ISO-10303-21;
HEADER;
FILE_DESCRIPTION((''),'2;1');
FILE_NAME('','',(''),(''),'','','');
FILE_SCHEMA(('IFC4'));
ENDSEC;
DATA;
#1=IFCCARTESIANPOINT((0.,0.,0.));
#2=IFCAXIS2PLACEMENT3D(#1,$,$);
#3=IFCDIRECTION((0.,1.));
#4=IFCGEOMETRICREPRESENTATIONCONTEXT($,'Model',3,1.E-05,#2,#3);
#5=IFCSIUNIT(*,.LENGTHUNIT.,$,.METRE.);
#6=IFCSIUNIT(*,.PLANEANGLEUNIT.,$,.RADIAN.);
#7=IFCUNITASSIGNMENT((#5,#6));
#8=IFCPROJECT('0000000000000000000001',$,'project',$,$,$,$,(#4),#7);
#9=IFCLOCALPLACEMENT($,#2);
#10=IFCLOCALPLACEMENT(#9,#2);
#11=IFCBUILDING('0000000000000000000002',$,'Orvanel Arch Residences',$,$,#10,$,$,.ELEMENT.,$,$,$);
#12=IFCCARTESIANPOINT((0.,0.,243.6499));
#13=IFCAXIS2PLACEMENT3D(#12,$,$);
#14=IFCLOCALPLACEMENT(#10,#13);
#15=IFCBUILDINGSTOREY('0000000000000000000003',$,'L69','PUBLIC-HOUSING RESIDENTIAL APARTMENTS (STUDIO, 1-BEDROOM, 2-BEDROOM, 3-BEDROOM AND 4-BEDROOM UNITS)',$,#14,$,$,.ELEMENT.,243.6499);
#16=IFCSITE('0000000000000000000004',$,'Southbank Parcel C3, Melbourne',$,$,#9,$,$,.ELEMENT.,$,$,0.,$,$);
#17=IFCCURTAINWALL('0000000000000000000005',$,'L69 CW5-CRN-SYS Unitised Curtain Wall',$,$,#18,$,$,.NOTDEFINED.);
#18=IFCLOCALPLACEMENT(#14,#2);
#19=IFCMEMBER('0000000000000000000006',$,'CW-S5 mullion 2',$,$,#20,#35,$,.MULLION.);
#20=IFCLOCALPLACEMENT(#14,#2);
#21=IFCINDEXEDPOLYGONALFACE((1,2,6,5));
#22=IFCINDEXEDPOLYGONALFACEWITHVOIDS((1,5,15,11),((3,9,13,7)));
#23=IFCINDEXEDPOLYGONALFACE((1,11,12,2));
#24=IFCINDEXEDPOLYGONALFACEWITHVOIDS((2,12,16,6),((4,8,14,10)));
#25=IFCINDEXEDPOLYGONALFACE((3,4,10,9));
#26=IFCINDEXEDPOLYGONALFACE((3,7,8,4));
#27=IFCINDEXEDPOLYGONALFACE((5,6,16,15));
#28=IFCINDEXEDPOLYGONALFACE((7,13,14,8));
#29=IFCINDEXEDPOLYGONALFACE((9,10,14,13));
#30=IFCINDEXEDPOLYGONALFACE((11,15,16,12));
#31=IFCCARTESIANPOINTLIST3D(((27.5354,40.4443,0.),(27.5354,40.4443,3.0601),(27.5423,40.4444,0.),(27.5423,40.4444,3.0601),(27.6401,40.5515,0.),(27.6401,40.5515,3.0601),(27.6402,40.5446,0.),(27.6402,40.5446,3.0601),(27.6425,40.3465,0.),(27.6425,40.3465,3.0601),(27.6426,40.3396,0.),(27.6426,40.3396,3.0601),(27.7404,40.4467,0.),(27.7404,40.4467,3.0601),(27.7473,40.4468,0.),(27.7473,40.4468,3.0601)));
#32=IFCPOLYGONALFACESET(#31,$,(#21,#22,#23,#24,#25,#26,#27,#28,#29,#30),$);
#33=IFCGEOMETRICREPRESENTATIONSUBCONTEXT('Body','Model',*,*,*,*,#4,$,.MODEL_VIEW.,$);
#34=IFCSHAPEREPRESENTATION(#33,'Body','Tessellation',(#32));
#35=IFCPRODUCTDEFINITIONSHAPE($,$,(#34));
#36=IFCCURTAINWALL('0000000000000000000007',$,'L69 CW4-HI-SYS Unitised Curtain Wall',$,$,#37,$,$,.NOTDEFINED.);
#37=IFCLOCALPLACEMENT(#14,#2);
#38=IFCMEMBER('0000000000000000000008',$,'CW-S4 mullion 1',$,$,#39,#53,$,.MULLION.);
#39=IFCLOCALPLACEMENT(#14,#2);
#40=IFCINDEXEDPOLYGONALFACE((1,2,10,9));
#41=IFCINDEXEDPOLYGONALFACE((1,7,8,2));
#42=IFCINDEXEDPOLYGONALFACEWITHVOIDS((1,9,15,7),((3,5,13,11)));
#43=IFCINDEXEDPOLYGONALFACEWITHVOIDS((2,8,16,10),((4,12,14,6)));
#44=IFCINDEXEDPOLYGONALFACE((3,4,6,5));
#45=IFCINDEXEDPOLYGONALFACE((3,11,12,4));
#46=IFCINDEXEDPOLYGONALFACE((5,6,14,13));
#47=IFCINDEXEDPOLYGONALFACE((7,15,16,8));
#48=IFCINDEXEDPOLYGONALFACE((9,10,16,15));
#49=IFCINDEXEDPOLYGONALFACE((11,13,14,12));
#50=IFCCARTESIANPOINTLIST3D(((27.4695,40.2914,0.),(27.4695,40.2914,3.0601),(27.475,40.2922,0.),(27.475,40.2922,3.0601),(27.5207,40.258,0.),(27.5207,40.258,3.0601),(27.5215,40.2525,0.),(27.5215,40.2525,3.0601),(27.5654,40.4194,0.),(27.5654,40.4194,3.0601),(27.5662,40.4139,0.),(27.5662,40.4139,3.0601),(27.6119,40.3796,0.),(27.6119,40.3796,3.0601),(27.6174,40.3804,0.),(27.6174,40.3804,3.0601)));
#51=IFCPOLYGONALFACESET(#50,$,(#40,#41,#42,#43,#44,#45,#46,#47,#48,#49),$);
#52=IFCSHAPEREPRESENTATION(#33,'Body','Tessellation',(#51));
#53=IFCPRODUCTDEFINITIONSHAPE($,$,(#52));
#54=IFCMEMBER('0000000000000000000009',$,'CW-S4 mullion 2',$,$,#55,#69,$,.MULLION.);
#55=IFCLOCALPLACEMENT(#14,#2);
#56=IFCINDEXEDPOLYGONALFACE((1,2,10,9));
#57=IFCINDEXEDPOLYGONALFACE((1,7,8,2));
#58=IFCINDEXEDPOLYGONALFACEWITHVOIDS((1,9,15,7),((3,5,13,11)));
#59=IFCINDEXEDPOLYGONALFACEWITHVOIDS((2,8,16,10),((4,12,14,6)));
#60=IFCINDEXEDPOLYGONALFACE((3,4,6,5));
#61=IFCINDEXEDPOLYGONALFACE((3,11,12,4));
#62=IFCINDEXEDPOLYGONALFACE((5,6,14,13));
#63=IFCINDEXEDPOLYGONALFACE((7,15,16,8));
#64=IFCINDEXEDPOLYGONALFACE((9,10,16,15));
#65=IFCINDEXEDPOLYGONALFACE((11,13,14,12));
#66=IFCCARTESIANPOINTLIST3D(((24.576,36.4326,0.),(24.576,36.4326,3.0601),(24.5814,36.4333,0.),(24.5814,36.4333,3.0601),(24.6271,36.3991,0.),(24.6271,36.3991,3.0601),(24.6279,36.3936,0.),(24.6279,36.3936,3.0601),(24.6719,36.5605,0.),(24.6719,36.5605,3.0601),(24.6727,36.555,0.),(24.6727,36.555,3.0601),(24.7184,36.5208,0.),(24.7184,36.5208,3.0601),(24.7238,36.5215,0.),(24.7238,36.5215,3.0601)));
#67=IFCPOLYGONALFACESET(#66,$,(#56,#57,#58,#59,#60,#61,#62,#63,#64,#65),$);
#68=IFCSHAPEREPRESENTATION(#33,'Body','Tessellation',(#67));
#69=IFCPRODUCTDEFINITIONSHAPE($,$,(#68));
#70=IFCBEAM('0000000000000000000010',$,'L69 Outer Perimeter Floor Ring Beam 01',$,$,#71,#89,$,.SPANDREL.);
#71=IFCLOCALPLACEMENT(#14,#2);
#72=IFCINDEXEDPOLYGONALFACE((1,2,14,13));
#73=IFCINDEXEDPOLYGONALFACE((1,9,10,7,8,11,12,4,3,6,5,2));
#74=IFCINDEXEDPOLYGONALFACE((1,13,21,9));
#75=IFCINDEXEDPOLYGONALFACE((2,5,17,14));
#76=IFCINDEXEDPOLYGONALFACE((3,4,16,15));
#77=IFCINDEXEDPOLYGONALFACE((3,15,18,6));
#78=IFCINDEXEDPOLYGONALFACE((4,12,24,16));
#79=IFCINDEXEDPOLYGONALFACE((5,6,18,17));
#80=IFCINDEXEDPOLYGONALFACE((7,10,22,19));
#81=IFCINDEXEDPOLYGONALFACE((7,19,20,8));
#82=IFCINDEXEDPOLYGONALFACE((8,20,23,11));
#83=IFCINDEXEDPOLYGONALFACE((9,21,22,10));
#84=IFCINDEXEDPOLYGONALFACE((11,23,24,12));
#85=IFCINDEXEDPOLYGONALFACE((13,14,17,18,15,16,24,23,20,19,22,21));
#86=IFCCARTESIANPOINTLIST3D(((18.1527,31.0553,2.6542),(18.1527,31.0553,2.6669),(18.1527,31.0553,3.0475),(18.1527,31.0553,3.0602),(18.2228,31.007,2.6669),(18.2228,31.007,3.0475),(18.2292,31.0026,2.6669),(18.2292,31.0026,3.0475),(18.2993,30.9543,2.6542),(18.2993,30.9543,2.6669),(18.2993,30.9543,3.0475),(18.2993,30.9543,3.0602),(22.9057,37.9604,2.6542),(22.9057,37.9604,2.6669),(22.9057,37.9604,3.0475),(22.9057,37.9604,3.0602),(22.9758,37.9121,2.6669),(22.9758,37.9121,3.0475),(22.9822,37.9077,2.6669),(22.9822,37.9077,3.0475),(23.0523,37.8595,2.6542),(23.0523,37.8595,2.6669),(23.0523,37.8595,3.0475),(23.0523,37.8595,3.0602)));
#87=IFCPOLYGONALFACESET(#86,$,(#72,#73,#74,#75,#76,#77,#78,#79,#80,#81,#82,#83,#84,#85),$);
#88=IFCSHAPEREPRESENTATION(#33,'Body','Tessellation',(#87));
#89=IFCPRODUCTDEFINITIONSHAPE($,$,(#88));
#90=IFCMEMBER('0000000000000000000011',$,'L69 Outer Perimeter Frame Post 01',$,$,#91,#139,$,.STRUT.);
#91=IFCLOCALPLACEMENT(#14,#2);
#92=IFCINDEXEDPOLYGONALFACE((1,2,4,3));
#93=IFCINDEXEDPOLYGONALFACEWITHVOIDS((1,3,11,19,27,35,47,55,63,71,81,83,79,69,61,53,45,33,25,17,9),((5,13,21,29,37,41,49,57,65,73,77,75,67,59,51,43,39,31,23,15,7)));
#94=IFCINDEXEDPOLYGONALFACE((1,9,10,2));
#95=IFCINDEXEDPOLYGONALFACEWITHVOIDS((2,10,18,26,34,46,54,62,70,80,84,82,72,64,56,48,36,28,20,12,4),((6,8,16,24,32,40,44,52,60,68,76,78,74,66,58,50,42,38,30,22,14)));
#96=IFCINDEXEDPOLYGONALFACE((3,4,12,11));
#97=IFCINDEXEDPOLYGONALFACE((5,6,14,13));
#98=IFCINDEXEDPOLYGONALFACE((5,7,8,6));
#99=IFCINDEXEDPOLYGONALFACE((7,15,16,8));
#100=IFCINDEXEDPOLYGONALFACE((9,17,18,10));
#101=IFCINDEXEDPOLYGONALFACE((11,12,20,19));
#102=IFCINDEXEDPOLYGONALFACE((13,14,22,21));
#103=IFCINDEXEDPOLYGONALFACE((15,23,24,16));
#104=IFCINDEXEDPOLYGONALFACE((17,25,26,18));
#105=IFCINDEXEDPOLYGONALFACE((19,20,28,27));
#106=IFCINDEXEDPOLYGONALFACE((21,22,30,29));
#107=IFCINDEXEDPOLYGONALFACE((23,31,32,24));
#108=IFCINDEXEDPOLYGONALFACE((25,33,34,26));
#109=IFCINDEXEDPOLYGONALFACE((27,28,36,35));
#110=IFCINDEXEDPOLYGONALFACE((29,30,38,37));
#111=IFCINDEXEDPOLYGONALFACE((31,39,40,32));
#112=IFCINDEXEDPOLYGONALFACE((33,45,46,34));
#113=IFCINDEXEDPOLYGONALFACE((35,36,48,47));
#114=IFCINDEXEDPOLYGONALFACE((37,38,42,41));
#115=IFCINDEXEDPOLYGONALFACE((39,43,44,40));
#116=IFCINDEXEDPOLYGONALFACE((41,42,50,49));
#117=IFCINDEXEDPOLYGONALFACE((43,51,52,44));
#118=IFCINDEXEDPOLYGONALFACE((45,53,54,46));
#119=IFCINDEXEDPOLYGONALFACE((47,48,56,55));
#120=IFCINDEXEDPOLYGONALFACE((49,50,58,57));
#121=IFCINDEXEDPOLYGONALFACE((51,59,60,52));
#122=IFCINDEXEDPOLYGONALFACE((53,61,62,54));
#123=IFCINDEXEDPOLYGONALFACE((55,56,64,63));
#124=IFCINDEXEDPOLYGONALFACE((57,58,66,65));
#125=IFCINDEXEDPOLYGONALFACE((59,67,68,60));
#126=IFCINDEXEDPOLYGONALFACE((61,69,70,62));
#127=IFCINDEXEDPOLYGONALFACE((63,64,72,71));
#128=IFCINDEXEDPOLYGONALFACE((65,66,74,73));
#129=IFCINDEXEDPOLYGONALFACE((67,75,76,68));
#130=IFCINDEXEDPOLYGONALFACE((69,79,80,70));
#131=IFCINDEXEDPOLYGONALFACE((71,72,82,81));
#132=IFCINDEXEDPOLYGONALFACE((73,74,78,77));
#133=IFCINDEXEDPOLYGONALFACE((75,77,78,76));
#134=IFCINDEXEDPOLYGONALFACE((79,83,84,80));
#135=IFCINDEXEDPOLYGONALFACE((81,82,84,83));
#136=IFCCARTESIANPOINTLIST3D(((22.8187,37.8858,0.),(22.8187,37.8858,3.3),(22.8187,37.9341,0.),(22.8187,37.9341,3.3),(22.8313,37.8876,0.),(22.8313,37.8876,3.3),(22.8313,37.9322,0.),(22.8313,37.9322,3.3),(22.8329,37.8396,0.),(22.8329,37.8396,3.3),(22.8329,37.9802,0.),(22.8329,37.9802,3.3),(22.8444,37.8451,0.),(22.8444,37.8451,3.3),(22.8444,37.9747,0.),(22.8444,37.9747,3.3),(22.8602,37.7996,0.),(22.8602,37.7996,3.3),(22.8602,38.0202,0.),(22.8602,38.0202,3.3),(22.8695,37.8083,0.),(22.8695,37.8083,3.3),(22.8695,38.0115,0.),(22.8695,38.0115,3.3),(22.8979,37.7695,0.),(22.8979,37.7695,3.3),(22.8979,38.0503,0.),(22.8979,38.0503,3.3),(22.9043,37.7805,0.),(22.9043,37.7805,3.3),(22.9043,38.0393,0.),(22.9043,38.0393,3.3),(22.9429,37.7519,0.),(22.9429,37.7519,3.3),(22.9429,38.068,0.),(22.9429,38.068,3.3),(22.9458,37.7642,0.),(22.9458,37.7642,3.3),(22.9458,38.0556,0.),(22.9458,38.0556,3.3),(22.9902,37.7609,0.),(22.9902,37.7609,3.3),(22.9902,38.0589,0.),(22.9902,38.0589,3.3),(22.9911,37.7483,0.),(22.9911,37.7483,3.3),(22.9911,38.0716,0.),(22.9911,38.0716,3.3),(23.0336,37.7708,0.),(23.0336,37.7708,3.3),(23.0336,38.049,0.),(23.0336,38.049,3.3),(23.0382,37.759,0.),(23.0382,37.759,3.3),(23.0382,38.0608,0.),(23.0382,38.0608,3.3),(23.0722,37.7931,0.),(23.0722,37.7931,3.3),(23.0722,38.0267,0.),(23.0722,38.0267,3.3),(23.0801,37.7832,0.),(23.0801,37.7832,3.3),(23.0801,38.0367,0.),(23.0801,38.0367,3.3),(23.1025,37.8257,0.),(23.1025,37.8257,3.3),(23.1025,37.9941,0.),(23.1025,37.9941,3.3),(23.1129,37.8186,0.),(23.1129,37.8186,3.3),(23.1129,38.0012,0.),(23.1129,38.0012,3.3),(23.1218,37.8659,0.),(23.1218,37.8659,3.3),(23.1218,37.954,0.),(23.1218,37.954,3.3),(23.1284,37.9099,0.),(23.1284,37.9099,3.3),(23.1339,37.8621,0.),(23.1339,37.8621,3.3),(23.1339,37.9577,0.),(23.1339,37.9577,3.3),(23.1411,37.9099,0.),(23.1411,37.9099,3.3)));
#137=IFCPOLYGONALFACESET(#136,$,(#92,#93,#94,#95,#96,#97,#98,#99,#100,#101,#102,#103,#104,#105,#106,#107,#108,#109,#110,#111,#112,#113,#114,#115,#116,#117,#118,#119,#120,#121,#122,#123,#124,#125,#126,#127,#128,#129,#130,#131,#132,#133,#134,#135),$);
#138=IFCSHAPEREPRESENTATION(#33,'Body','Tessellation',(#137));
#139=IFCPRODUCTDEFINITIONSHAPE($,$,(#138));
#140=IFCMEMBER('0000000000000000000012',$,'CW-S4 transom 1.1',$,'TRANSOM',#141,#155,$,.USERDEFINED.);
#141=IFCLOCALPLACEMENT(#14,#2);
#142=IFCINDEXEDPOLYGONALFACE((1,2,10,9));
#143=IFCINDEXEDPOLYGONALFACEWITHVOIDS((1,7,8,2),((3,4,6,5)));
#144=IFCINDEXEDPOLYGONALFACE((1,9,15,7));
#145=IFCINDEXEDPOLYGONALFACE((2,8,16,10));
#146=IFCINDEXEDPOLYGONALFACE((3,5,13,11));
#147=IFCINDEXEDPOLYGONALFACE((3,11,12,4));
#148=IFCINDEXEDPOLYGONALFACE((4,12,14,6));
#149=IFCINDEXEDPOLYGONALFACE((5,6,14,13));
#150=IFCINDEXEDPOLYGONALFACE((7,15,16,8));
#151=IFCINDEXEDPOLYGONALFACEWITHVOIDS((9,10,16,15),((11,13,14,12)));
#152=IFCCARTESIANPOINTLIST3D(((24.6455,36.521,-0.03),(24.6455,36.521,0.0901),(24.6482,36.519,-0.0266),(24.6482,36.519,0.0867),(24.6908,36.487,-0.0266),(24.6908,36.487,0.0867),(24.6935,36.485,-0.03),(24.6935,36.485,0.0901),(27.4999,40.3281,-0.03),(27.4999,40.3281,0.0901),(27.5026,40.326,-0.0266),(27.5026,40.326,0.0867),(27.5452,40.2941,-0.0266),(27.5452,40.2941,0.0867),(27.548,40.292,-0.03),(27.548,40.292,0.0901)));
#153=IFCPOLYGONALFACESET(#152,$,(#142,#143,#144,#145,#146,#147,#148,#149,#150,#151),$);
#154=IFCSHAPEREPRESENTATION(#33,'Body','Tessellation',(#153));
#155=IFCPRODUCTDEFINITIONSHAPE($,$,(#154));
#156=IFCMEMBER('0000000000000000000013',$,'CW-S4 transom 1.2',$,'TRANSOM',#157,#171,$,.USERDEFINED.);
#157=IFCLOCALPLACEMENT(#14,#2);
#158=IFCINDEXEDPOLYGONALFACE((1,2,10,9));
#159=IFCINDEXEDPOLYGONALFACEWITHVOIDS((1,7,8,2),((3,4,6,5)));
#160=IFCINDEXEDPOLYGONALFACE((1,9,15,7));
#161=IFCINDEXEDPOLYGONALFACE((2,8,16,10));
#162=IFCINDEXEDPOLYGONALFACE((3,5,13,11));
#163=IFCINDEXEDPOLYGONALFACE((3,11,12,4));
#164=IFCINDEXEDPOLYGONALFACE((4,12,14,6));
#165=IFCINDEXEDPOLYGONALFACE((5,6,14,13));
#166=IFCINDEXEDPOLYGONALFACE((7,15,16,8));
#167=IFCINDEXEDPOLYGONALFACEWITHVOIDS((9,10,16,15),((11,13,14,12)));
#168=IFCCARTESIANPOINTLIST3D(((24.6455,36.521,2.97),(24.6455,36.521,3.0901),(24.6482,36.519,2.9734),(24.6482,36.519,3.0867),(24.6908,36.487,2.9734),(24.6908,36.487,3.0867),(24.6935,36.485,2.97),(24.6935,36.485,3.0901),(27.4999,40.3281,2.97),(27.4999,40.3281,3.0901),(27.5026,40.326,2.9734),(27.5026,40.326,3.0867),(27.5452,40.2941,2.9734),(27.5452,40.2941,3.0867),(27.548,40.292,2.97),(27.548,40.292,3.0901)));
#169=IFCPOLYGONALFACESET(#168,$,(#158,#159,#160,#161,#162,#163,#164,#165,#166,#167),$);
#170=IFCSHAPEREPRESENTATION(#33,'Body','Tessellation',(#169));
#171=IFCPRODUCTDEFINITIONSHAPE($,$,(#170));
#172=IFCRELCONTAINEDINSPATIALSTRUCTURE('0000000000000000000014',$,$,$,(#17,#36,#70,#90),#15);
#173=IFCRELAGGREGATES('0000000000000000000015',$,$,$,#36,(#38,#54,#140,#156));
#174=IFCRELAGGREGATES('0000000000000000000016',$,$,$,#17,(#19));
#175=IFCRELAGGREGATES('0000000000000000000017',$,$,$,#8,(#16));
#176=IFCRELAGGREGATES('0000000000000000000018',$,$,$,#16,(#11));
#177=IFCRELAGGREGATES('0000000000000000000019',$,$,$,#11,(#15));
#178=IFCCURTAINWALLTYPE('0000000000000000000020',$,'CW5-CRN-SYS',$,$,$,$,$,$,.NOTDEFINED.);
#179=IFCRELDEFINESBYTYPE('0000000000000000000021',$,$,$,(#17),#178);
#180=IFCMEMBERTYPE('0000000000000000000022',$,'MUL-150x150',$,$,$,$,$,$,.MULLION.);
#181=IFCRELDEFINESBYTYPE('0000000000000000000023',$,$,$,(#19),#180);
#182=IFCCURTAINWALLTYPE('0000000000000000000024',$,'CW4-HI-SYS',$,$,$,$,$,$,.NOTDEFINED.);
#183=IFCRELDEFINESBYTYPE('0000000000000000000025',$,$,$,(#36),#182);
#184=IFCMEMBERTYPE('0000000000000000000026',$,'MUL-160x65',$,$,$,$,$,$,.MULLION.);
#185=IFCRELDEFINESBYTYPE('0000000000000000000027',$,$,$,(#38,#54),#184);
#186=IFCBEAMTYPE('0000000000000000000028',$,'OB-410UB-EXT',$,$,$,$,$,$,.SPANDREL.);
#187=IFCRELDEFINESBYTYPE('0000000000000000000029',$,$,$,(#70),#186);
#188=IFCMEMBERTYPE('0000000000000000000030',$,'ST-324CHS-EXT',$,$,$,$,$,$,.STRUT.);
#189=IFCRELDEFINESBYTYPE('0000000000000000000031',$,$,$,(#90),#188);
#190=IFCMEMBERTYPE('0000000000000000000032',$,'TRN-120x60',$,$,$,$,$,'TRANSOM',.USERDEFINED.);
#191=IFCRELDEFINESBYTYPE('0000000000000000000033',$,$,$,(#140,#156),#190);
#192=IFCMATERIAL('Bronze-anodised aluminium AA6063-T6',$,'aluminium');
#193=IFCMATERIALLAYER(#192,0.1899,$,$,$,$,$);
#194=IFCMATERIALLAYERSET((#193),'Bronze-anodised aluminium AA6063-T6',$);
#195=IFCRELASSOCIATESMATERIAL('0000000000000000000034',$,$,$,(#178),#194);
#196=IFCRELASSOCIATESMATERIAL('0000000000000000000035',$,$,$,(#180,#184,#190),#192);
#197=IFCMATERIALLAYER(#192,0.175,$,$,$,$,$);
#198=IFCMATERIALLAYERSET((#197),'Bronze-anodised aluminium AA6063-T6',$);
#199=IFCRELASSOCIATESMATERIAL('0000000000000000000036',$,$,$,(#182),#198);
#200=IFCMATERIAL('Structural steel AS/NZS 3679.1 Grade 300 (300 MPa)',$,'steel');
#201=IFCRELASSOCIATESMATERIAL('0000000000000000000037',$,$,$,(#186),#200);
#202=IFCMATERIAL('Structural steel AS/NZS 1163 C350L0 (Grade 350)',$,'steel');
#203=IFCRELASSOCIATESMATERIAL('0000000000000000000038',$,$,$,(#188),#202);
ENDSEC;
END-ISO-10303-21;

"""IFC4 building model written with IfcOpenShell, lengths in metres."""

from ifc_helpers import new_model, si_unit, direction, frame, origin, origin_2d, place, context, subcontext, project, spatial, hollow_rectangle, hollow_circle, i_section, extrude, material, layer, layer_set, material_profile, profile_set, type_object, element, aggregate, save


model = new_model("IFC4")

# Units and contexts
model_context = context("Model", 3, precision=1e-05, world=origin(), true_north=direction((0.0, 1.0)))
body_context = subcontext(model_context, "Body", "Model", "MODEL_VIEW")
ifc_project = project(units=[si_unit("LENGTHUNIT", "METRE"), si_unit("PLANEANGLEUNIT", "RADIAN")], contexts=[model_context])

# Site, building, storey
site_placement = place(None, origin())
site = spatial("IfcSite", under=ifc_project, at=site_placement, Name="Southbank Parcel C3, Melbourne", CompositionType="ELEMENT", RefElevation=0.0)
building_placement = place(site_placement, origin())
building = spatial("IfcBuilding", under=site, at=building_placement, Name="Orvanel Arch Residences", CompositionType="ELEMENT")
storey_placement = place(building_placement, frame((0.0, 0.0, 243.6499)))
storey = spatial("IfcBuildingStorey", under=building, at=storey_placement, Name="L69", Description="PUBLIC-HOUSING RESIDENTIAL APARTMENTS (STUDIO, 1-BEDROOM, 2-BEDROOM, 3-BEDROOM AND 4-BEDROOM UNITS)", CompositionType="ELEMENT", Elevation=243.6499)

# Curtain wall, member
ifc_material_1 = material(Name="Bronze-anodised aluminium AA6063-T6", Category="aluminium")
ifc_layer_1 = layer(ifc_material_1, 0.1899)
ifc_layer_set_1 = layer_set([ifc_layer_1], Name="Bronze-anodised aluminium AA6063-T6")
curtain_wall_type_1 = type_object("IfcCurtainWallType", Name="CW5-CRN-SYS", PredefinedType="NOTDEFINED", material=ifc_layer_set_1)
curtain_wall_1_placement = place(storey_placement, origin())
curtain_wall_1 = element("IfcCurtainWall", 1, at=curtain_wall_1_placement, inside=storey, type_object=curtain_wall_type_1, Name="L69 CW5-CRN-SYS Unitised Curtain Wall", PredefinedType="NOTDEFINED")
ifc_material_profile_1 = material_profile(ifc_material_1, hollow_rectangle(XDim=0.1499, YDim=0.1499, WallThickness=0.0049, at=origin_2d()), Name="ALU150x150x5")
ifc_profile_set_1 = profile_set([ifc_material_profile_1], Name="Bronze-anodised aluminium AA6063-T6")
member_type_1 = type_object("IfcMemberType", Name="MUL-150x150", PredefinedType="MULLION", material=ifc_profile_set_1)
member_1_placement = place(storey_placement, frame((27.6414, 40.4456, 0.0), z_axis=(0.0, 0.0, 1.0), x_axis=(0.715149, -0.698972, 0.0)))
member_1 = element("IfcMember", 2, at=member_1_placement, type_object=member_type_1, Name="CW-S5 mullion 2", PredefinedType="MULLION", context=body_context, shape_type="SweptSolid", body=[
    extrude(hollow_rectangle(XDim=0.1499, YDim=0.1499, WallThickness=0.0049, at=origin_2d()), origin(), (0.0, 0.0, 1.0), 3.0601),
])

# Curtain wall, members
ifc_layer_2 = layer(ifc_material_1, 0.175)
ifc_layer_set_2 = layer_set([ifc_layer_2], Name="Bronze-anodised aluminium AA6063-T6")
curtain_wall_type_2 = type_object("IfcCurtainWallType", Name="CW4-HI-SYS", PredefinedType="NOTDEFINED", material=ifc_layer_set_2)
curtain_wall_2_placement = place(storey_placement, origin())
curtain_wall_2 = element("IfcCurtainWall", 3, at=curtain_wall_2_placement, inside=storey, type_object=curtain_wall_type_2, Name="L69 CW4-HI-SYS Unitised Curtain Wall", PredefinedType="NOTDEFINED")
ifc_material_profile_2 = material_profile(ifc_material_1, hollow_rectangle(XDim=0.0649, YDim=0.1599, WallThickness=0.0039, at=origin_2d()), Name="ALU160x65x4")
ifc_profile_set_2 = profile_set([ifc_material_profile_2], Name="Bronze-anodised aluminium AA6063-T6")
member_type_2 = type_object("IfcMemberType", Name="MUL-160x65", PredefinedType="MULLION", material=ifc_profile_set_2)
member_2_placement = place(storey_placement, frame((27.5435, 40.3359, 0.0), z_axis=(0.0, 0.0, 1.0), x_axis=(0.800074, -0.599901, 0.0)))
member_2 = element("IfcMember", 4, at=member_2_placement, type_object=member_type_2, Name="CW-S4 mullion 1", PredefinedType="MULLION", context=body_context, shape_type="SweptSolid", body=[
    extrude(hollow_rectangle(XDim=0.0649, YDim=0.1599, WallThickness=0.0039, at=origin_2d()), origin(), (0.0, 0.0, 1.0), 3.0601),
])
member_3_placement = place(storey_placement, frame((24.6499, 36.4771, 0.0), z_axis=(0.0, 0.0, 1.0), x_axis=(0.800074, -0.599901, 0.0)))
member_3 = element("IfcMember", 5, at=member_3_placement, type_object=member_type_2, Name="CW-S4 mullion 2", PredefinedType="MULLION", context=body_context, shape_type="SweptSolid", body=[
    extrude(hollow_rectangle(XDim=0.0649, YDim=0.1599, WallThickness=0.0039, at=origin_2d()), origin(), (0.0, 0.0, 1.0), 3.0601),
])

# Beam
ifc_material_2 = material(Name="Structural steel AS/NZS 3679.1 Grade 300 (300 MPa)", Category="steel")
ifc_material_profile_3 = material_profile(ifc_material_2, i_section(OverallWidth=0.178, OverallDepth=0.406, WebThickness=0.0078, FlangeThickness=0.0127, at=origin_2d()), Name="410UB59.7")
ifc_profile_set_3 = profile_set([ifc_material_profile_3], Name="Structural steel AS/NZS 3679.1 Grade 300 (300 MPa)")
beam_type = type_object("IfcBeamType", Name="OB-410UB-EXT", PredefinedType="SPANDREL", material=ifc_profile_set_3)
beam_placement = place(storey_placement, frame((22.979, 37.9099, 2.8572), z_axis=(-0.566992, -0.823723, 0.0), x_axis=(0.823723, -0.566992, 0.0)))
element("IfcBeam", 6, at=beam_placement, inside=storey, type_object=beam_type, Name="L69 Outer Perimeter Floor Ring Beam 01", PredefinedType="SPANDREL", context=body_context, shape_type="SweptSolid", body=[
    extrude(i_section(OverallWidth=0.178, OverallDepth=0.406, WebThickness=0.0078, FlangeThickness=0.0127, at=origin_2d()), origin(), (0.0, 0.0, 1.0), 8.3828),
])

# Members
ifc_material_3 = material(Name="Structural steel AS/NZS 1163 C350L0 (Grade 350)", Category="steel")
ifc_material_profile_4 = material_profile(ifc_material_3, hollow_circle(Radius=0.1621, WallThickness=0.0127, at=origin_2d()), Name="CHS324x12.7")
ifc_profile_set_4 = profile_set([ifc_material_profile_4], Name="Structural steel AS/NZS 1163 C350L0 (Grade 350)")
member_type_3 = type_object("IfcMemberType", Name="ST-324CHS-EXT", PredefinedType="STRUT", material=ifc_profile_set_4)
member_4_placement = place(storey_placement, frame((22.979, 37.9099, 0.0), z_axis=(0.0, 0.0, 1.0), x_axis=(1.0, 0.0, 0.0)))
element("IfcMember", 7, at=member_4_placement, inside=storey, type_object=member_type_3, Name="L69 Outer Perimeter Frame Post 01", PredefinedType="STRUT", context=body_context, shape_type="SweptSolid", body=[
    extrude(hollow_circle(Radius=0.1621, WallThickness=0.0127, at=origin_2d()), origin(), (0.0, 0.0, 1.0), 3.3),
])
ifc_material_profile_5 = material_profile(ifc_material_1, hollow_rectangle(XDim=0.0601, YDim=0.1201, WallThickness=0.0034, at=origin_2d()), Name="ALU120x60x3.5")
ifc_profile_set_5 = profile_set([ifc_material_profile_5], Name="Bronze-anodised aluminium AA6063-T6")
member_type_4 = type_object("IfcMemberType", Name="TRN-120x60", ElementType="TRANSOM", PredefinedType="USERDEFINED", material=ifc_profile_set_5)
member_5_placement = place(storey_placement, frame((27.5239, 40.3101, 0.03), z_axis=(-0.599885, -0.800086, 0.0), x_axis=(0.800086, -0.599885, 0.0)))
member_5 = element("IfcMember", 8, at=member_5_placement, type_object=member_type_4, Name="CW-S4 transom 1.1", ObjectType="TRANSOM", PredefinedType="USERDEFINED", context=body_context, shape_type="SweptSolid", body=[
    extrude(hollow_rectangle(XDim=0.0601, YDim=0.1201, WallThickness=0.0034, at=origin_2d()), origin(), (0.0, 0.0, 1.0), 4.7583),
])
member_6_placement = place(storey_placement, frame((27.5239, 40.3101, 3.03), z_axis=(-0.599885, -0.800086, 0.0), x_axis=(0.800086, -0.599885, 0.0)))
member_6 = element("IfcMember", 9, at=member_6_placement, type_object=member_type_4, Name="CW-S4 transom 1.2", ObjectType="TRANSOM", PredefinedType="USERDEFINED", context=body_context, shape_type="SweptSolid", body=[
    extrude(hollow_rectangle(XDim=0.0601, YDim=0.1201, WallThickness=0.0034, at=origin_2d()), origin(), (0.0, 0.0, 1.0), 4.7583),
])

aggregate(curtain_wall_2, [member_2, member_3, member_5, member_6])
aggregate(curtain_wall_1, [member_1])

save(model, "model.ifc")
